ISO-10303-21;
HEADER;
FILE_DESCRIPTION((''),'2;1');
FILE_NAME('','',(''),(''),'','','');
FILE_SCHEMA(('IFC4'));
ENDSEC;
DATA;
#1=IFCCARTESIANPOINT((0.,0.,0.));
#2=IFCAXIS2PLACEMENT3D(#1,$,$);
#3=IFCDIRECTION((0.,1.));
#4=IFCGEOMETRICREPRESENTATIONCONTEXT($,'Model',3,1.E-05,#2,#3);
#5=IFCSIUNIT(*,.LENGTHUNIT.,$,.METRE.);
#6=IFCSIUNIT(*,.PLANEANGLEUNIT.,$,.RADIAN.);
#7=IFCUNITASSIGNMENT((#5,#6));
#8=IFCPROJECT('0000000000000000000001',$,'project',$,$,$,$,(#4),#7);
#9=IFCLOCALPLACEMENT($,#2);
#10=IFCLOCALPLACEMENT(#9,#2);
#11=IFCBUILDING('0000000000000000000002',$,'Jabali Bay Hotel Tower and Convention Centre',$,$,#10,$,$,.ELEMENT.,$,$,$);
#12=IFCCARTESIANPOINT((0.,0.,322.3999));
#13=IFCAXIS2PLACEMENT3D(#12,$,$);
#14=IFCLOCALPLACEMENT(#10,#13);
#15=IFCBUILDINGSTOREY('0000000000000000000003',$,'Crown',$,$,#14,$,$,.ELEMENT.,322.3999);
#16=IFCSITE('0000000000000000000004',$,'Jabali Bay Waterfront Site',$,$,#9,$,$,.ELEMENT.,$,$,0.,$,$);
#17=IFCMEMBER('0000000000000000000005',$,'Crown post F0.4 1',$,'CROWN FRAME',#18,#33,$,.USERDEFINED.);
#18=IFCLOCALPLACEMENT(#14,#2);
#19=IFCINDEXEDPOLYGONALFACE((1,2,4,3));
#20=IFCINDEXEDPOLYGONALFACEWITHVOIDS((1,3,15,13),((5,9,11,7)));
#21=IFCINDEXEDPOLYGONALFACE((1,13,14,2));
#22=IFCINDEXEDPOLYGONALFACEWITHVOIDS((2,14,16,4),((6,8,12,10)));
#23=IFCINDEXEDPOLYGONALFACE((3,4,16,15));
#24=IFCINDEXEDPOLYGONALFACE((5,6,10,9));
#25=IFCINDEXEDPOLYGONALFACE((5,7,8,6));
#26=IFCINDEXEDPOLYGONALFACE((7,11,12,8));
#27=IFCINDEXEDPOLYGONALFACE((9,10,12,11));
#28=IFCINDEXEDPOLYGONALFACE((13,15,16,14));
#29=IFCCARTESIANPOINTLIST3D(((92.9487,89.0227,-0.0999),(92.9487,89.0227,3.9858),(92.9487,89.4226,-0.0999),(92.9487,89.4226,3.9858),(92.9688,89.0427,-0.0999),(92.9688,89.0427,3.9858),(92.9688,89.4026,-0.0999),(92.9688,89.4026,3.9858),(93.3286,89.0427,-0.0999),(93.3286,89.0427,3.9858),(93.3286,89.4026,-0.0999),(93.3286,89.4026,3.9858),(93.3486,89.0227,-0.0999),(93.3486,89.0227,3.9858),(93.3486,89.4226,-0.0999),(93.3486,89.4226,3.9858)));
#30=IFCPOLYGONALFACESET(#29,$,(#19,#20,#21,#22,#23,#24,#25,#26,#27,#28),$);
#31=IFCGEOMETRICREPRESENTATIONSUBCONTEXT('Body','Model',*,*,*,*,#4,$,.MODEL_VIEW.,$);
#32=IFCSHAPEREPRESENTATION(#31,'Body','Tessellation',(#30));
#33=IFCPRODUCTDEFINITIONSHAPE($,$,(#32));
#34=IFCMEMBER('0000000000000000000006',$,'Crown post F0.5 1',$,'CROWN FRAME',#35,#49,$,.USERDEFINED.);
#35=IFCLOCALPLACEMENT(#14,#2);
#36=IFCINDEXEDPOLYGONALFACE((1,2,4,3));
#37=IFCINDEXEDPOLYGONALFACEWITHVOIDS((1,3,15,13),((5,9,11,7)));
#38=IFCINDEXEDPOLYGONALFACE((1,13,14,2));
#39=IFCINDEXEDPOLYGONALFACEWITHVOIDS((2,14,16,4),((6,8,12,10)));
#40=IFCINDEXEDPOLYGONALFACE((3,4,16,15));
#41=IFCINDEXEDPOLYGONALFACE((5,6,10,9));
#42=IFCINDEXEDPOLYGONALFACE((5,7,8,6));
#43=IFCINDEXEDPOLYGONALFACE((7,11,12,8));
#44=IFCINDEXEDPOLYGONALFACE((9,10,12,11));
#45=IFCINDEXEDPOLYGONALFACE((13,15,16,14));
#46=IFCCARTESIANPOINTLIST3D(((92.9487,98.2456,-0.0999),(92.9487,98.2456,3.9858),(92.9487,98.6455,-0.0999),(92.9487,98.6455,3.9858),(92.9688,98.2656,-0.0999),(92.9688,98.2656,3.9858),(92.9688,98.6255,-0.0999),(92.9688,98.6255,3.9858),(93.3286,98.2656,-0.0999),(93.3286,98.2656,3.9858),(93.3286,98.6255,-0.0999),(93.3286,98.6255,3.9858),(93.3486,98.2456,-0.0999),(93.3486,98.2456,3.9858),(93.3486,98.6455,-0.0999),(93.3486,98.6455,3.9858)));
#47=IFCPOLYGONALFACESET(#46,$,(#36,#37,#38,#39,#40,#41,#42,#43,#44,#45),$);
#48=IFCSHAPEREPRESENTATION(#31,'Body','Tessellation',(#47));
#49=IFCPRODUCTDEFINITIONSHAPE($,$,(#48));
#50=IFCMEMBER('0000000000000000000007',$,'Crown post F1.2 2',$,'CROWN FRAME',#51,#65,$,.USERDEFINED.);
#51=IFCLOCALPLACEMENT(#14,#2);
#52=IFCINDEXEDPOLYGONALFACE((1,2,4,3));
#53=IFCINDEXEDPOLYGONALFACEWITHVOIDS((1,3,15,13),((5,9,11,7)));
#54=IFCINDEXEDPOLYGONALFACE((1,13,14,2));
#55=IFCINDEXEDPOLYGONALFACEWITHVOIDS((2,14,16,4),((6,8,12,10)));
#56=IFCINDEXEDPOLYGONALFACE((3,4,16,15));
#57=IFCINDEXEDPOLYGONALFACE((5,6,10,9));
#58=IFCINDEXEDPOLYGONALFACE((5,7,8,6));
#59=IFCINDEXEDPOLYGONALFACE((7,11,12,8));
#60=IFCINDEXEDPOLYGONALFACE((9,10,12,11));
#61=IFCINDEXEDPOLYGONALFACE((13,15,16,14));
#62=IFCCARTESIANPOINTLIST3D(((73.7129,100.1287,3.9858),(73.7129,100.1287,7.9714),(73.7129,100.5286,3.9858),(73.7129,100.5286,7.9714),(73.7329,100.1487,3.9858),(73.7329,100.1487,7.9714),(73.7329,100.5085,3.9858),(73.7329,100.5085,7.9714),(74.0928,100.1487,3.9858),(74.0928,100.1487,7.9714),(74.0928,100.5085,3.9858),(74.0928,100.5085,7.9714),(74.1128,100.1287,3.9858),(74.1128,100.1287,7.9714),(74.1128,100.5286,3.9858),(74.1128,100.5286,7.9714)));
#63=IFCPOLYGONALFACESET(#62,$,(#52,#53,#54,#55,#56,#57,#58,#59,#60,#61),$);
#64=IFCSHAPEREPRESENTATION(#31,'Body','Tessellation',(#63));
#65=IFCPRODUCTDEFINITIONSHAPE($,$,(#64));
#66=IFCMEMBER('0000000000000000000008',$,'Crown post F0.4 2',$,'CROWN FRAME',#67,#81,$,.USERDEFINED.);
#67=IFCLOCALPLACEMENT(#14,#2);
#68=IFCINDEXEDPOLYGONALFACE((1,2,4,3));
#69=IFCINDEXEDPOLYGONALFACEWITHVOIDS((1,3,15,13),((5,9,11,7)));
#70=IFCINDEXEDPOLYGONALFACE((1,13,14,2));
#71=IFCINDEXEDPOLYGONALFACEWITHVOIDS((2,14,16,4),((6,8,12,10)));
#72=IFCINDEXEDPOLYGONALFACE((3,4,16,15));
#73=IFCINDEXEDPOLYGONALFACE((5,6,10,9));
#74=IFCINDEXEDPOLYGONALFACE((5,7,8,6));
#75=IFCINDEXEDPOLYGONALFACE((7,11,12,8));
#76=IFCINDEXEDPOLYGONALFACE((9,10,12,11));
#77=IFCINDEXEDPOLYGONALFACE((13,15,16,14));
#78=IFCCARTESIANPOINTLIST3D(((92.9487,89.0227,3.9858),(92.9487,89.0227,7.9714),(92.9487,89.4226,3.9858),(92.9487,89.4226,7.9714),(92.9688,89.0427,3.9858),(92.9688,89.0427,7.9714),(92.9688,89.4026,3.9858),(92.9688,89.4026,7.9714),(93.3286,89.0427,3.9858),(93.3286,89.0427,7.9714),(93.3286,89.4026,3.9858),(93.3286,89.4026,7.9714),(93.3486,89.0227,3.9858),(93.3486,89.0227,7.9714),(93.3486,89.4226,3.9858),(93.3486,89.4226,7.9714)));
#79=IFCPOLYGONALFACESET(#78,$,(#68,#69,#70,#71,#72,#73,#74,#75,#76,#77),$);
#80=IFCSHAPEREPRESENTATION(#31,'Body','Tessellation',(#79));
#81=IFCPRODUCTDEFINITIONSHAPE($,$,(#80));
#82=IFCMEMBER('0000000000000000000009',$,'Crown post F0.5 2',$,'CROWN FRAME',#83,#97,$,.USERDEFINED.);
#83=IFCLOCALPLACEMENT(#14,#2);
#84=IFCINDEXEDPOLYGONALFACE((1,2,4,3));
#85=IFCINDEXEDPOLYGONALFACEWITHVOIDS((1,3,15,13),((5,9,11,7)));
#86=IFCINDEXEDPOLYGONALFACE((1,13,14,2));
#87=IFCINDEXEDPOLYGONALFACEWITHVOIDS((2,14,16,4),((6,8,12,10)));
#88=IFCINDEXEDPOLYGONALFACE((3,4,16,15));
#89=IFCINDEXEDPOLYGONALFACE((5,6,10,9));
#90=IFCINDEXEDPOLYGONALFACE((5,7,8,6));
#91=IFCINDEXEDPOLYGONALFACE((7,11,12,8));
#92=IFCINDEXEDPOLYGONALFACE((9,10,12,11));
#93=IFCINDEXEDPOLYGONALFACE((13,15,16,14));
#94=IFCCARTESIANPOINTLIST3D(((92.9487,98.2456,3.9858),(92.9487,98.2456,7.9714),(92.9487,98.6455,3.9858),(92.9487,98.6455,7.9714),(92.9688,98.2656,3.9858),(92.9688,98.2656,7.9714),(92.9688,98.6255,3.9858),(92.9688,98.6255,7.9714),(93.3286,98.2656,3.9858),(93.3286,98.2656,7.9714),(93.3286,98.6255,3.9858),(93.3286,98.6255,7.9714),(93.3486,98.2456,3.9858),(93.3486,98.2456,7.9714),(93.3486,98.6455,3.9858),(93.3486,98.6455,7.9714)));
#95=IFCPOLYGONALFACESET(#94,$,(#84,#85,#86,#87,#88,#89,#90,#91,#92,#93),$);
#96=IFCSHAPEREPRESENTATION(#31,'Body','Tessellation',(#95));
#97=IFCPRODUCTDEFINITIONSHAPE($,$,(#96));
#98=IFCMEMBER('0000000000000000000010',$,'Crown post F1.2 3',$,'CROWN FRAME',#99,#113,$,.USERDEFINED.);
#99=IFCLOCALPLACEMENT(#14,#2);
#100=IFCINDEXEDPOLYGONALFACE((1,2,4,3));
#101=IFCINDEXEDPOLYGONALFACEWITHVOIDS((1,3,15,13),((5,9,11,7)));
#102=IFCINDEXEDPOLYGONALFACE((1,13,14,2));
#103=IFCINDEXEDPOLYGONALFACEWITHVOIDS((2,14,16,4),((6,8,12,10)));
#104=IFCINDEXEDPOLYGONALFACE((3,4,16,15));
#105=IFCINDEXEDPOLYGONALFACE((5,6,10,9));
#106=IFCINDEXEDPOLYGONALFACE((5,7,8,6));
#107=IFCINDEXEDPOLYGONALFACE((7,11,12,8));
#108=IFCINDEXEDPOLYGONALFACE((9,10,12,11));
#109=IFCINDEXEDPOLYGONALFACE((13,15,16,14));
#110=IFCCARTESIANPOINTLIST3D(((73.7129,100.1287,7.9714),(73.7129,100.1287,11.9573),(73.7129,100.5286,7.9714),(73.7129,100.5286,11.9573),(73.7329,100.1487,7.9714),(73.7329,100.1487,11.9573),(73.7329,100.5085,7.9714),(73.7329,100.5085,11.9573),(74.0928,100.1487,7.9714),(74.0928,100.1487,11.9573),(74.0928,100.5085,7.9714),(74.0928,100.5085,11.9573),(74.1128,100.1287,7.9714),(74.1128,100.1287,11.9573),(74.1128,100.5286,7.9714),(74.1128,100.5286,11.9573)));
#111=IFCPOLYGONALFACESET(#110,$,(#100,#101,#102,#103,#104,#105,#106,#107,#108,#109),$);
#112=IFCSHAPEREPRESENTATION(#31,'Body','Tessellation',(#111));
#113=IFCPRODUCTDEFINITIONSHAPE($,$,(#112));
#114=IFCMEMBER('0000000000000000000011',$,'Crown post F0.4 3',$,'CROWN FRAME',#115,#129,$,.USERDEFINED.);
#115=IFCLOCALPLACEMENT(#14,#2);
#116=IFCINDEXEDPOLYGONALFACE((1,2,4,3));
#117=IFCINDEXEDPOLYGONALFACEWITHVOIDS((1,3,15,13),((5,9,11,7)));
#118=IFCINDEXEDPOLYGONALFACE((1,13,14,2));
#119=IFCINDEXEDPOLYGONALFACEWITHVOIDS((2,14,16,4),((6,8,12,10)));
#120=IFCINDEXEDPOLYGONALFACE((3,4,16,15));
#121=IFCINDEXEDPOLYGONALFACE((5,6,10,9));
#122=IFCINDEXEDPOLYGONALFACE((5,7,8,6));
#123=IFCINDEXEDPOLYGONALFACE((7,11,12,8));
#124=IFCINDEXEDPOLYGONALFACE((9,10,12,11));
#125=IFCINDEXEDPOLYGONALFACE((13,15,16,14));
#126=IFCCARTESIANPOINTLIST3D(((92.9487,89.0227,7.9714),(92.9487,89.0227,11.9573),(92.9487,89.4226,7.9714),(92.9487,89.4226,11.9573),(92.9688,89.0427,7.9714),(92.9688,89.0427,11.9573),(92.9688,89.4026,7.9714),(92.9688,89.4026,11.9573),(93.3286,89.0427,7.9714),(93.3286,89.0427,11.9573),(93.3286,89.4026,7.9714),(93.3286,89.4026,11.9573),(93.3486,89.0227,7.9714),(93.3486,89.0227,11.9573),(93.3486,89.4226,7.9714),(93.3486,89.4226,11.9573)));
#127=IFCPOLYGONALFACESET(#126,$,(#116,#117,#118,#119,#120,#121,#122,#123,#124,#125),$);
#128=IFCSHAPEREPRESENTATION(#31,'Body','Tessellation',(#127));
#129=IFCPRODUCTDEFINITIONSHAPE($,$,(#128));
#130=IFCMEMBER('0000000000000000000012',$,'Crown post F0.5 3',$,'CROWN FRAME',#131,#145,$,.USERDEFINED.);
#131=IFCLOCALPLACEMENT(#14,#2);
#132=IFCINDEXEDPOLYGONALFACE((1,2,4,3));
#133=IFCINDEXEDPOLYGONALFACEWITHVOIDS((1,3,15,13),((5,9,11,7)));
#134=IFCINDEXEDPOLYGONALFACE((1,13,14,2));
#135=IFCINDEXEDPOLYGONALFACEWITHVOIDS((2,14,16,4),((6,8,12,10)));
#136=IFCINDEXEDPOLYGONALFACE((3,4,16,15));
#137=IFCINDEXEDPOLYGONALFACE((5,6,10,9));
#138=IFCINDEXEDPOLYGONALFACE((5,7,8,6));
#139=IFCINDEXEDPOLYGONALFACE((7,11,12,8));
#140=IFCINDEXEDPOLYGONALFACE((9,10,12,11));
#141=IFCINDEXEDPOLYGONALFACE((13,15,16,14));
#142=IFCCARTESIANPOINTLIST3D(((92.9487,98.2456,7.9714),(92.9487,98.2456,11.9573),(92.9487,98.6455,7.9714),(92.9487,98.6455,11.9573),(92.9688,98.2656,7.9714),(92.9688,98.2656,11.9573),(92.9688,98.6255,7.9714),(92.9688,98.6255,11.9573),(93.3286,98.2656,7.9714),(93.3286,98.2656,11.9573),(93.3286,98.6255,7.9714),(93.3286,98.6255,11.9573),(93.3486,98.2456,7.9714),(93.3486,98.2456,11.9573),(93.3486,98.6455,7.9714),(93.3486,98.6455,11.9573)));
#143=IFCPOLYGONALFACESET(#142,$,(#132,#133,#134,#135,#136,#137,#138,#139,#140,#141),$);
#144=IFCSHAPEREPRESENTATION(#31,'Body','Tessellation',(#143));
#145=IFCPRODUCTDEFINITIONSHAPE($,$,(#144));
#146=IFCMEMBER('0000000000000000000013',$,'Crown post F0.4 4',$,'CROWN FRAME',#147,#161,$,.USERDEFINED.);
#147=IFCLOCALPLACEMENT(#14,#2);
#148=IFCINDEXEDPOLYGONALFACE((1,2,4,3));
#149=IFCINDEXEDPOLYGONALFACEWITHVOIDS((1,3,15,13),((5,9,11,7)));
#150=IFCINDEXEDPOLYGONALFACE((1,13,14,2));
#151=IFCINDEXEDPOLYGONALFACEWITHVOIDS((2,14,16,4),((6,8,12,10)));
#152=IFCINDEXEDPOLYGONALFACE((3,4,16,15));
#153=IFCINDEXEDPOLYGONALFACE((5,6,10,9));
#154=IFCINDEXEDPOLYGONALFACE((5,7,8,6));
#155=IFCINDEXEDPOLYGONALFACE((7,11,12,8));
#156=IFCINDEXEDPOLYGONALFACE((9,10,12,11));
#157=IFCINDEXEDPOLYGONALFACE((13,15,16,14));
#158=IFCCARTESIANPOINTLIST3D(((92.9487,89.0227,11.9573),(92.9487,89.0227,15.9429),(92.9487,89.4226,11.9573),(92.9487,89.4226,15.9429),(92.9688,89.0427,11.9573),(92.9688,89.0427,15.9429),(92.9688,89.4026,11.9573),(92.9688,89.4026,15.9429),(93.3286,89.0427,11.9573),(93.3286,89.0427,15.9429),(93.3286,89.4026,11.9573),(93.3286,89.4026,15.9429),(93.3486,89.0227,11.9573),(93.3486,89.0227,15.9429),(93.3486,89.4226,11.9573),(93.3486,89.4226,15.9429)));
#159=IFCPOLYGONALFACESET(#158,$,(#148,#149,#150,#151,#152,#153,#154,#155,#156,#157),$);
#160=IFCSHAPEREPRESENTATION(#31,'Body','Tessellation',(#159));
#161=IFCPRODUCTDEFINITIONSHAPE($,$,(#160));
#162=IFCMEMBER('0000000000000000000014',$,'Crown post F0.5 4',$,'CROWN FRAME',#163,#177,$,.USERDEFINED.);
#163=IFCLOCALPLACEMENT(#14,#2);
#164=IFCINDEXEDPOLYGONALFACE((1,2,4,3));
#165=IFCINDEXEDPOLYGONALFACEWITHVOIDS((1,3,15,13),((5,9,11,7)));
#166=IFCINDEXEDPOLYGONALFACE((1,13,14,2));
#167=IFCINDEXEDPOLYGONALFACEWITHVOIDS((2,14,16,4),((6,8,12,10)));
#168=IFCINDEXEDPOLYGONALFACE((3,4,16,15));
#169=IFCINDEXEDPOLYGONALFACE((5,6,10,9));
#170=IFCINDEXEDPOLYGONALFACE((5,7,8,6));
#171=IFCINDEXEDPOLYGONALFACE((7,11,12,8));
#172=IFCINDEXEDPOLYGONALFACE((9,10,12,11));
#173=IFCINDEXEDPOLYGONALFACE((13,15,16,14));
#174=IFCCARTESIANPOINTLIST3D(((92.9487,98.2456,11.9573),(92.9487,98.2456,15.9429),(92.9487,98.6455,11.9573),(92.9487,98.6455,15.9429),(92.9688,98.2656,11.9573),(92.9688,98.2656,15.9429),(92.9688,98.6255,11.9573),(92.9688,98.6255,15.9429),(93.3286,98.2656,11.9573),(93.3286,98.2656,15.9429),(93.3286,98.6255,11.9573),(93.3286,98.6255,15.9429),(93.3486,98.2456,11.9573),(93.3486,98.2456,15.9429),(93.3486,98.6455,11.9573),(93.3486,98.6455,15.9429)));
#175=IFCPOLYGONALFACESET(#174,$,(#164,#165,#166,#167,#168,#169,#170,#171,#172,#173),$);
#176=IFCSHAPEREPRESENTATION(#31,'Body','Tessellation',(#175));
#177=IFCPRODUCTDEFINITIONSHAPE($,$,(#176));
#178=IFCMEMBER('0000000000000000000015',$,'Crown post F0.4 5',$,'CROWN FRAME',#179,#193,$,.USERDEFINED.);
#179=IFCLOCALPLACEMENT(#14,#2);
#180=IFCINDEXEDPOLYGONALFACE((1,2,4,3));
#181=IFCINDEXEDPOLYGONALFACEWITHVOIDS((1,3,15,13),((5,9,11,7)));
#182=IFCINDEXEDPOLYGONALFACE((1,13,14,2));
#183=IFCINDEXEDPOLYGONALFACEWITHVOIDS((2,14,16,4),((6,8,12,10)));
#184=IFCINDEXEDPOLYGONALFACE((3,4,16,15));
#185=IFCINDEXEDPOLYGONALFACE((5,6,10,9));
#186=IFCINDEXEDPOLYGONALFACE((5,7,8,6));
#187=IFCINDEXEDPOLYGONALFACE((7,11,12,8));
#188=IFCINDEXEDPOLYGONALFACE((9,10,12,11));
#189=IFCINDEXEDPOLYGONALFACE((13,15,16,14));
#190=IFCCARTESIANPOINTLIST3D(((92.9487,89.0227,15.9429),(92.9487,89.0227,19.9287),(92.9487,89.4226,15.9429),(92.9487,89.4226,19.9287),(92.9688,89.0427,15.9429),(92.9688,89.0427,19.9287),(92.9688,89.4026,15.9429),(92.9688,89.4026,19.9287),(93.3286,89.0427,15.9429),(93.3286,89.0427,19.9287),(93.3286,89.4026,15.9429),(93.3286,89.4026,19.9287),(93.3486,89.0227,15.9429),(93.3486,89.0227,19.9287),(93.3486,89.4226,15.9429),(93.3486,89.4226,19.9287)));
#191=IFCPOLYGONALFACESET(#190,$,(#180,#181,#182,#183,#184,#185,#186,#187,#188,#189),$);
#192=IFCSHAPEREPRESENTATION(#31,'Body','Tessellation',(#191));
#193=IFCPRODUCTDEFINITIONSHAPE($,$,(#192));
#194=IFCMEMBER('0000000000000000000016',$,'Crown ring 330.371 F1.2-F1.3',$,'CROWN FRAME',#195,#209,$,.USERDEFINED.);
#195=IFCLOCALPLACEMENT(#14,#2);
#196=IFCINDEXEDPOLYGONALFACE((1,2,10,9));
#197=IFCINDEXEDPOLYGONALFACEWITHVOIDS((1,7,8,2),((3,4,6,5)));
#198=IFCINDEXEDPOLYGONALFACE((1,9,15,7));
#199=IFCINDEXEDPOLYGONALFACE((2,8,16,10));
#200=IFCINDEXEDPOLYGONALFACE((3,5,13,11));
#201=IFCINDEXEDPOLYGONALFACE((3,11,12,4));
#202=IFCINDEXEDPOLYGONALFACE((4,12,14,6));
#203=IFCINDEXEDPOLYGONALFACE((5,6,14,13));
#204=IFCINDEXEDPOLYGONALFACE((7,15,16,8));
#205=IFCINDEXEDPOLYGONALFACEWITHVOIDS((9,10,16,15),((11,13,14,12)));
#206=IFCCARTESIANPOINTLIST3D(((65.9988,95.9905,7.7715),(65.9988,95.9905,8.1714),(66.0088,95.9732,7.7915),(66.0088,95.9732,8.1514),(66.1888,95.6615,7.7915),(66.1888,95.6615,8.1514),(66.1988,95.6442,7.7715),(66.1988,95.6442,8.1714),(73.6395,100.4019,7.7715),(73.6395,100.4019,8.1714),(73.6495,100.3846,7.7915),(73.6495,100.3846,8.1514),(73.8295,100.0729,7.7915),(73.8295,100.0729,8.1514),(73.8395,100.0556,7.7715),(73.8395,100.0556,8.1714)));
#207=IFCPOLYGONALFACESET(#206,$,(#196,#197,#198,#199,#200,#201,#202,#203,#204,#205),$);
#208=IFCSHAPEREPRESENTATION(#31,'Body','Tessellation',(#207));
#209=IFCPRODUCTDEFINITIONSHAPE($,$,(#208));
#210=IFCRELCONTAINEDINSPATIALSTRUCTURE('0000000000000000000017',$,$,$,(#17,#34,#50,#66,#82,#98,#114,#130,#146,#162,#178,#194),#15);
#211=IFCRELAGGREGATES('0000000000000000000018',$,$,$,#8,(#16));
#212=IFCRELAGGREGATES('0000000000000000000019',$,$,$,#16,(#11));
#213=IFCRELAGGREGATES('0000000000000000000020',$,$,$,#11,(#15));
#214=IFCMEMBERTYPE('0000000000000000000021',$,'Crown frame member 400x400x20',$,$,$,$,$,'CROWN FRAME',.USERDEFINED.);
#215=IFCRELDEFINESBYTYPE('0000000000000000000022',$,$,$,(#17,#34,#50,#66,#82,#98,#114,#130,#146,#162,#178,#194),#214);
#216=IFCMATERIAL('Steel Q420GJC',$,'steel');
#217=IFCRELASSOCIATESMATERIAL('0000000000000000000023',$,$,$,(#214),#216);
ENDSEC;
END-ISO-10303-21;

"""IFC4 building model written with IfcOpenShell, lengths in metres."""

from ifc_helpers import new_model, si_unit, direction, frame, origin, origin_2d, place, context, subcontext, project, spatial, hollow_rectangle, extrude, material, material_profile, profile_set, type_object, element, save


model = new_model("IFC4")

# Units and contexts
model_context = context("Model", 3, precision=1e-05, world=origin(), true_north=direction((0.0, 1.0)))
body_context = subcontext(model_context, "Body", "Model", "MODEL_VIEW")
ifc_project = project(units=[si_unit("LENGTHUNIT", "METRE"), si_unit("PLANEANGLEUNIT", "RADIAN")], contexts=[model_context])

# Site, building, storey
site_placement = place(None, origin())
site = spatial("IfcSite", under=ifc_project, at=site_placement, Name="Jabali Bay Waterfront Site", CompositionType="ELEMENT", RefElevation=0.0)
building_placement = place(site_placement, origin())
building = spatial("IfcBuilding", under=site, at=building_placement, Name="Jabali Bay Hotel Tower and Convention Centre", CompositionType="ELEMENT")
storey_placement = place(building_placement, frame((0.0, 0.0, 322.3999)))
storey = spatial("IfcBuildingStorey", under=building, at=storey_placement, Name="Crown", CompositionType="ELEMENT", Elevation=322.3999)

# Members
ifc_material_1 = material(Name="Steel Q420GJC", Category="steel")
ifc_material_profile_1 = material_profile(ifc_material_1, hollow_rectangle(XDim=0.3999, YDim=0.3999, WallThickness=0.02, at=origin_2d()), Name="Crown frame member 400x400x20")
ifc_profile_set_1 = profile_set([ifc_material_profile_1], Name="Steel Q420GJC")
member_type_1 = type_object("IfcMemberType", Name="Crown frame member 400x400x20", ElementType="CROWN FRAME", PredefinedType="USERDEFINED", material=ifc_profile_set_1)
for number, where, z_axis, x_axis, name in (
    (1, (93.1487, 89.2227, -0.0999), (0.0, 0.0, 1.0), (1.0, 0.0, 0.0), "Crown post F0.4 1"),
    (2, (93.1487, 98.4456, -0.0999), (0.0, 0.0, 1.0), (1.0, 0.0, 0.0), "Crown post F0.5 1"),
):
    element("IfcMember", number, at=place(storey_placement, frame(where, z_axis=z_axis, x_axis=x_axis)), inside=storey, type_object=member_type_1, Name=name, ObjectType="CROWN FRAME", PredefinedType="USERDEFINED", context=body_context, shape_type="SweptSolid", body=[
        extrude(hollow_rectangle(XDim=0.3999, YDim=0.3999, WallThickness=0.02, at=origin_2d()), origin(), (0.0, 0.0, 1.0), 4.0857),
    ])
for number, where, z_axis, x_axis, name in (
    (3, (73.9128, 100.3286, 3.9858), (0.0, 0.0, 1.0), (1.0, 0.0, 0.0), "Crown post F1.2 2"),
    (4, (93.1487, 89.2227, 3.9858), (0.0, 0.0, 1.0), (1.0, 0.0, 0.0), "Crown post F0.4 2"),
    (5, (93.1487, 98.4456, 3.9858), (0.0, 0.0, 1.0), (1.0, 0.0, 0.0), "Crown post F0.5 2"),
):
    element("IfcMember", number, at=place(storey_placement, frame(where, z_axis=z_axis, x_axis=x_axis)), inside=storey, type_object=member_type_1, Name=name, ObjectType="CROWN FRAME", PredefinedType="USERDEFINED", context=body_context, shape_type="SweptSolid", body=[
        extrude(hollow_rectangle(XDim=0.3999, YDim=0.3999, WallThickness=0.02, at=origin_2d()), origin(), (0.0, 0.0, 1.0), 3.9856),
    ])
for number, where, z_axis, x_axis, name in (
    (6, (73.9128, 100.3286, 7.9714), (0.0, 0.0, 1.0), (1.0, 0.0, 0.0), "Crown post F1.2 3"),
    (7, (93.1487, 89.2227, 7.9714), (0.0, 0.0, 1.0), (1.0, 0.0, 0.0), "Crown post F0.4 3"),
    (8, (93.1487, 98.4456, 7.9714), (0.0, 0.0, 1.0), (1.0, 0.0, 0.0), "Crown post F0.5 3"),
):
    element("IfcMember", number, at=place(storey_placement, frame(where, z_axis=z_axis, x_axis=x_axis)), inside=storey, type_object=member_type_1, Name=name, ObjectType="CROWN FRAME", PredefinedType="USERDEFINED", context=body_context, shape_type="SweptSolid", body=[
        extrude(hollow_rectangle(XDim=0.3999, YDim=0.3999, WallThickness=0.02, at=origin_2d()), origin(), (0.0, 0.0, 1.0), 3.9858),
    ])
for number, where, z_axis, x_axis, name in (
    (9, (93.1487, 89.2227, 11.9573), (0.0, 0.0, 1.0), (1.0, 0.0, 0.0), "Crown post F0.4 4"),
    (10, (93.1487, 98.4456, 11.9573), (0.0, 0.0, 1.0), (1.0, 0.0, 0.0), "Crown post F0.5 4"),
):
    element("IfcMember", number, at=place(storey_placement, frame(where, z_axis=z_axis, x_axis=x_axis)), inside=storey, type_object=member_type_1, Name=name, ObjectType="CROWN FRAME", PredefinedType="USERDEFINED", context=body_context, shape_type="SweptSolid", body=[
        extrude(hollow_rectangle(XDim=0.3999, YDim=0.3999, WallThickness=0.02, at=origin_2d()), origin(), (0.0, 0.0, 1.0), 3.9856),
    ])
member_1_placement = place(storey_placement, frame((93.1487, 89.2227, 15.9429), z_axis=(0.0, 0.0, 1.0), x_axis=(1.0, 0.0, 0.0)))
element("IfcMember", 11, at=member_1_placement, inside=storey, type_object=member_type_1, Name="Crown post F0.4 5", ObjectType="CROWN FRAME", PredefinedType="USERDEFINED", context=body_context, shape_type="SweptSolid", body=[
    extrude(hollow_rectangle(XDim=0.3999, YDim=0.3999, WallThickness=0.02, at=origin_2d()), origin(), (0.0, 0.0, 1.0), 3.9858),
])
for number, where, z_axis, x_axis, name in (
    (12, (73.7395, 100.2288, 7.9714), (-0.866022, -0.500005, 0.0), (0.500005, -0.866022, 0.0), "Crown ring 330.371 F1.2-F1.3"),
):
    element("IfcMember", number, at=place(storey_placement, frame(where, z_axis=z_axis, x_axis=x_axis)), inside=storey, type_object=member_type_1, Name=name, ObjectType="CROWN FRAME", PredefinedType="USERDEFINED", context=body_context, shape_type="SweptSolid", body=[
        extrude(hollow_rectangle(XDim=0.3999, YDim=0.3999, WallThickness=0.02, at=origin_2d()), origin(), (0.0, 0.0, 1.0), 8.8228),
    ])

save(model, "model.ifc")
